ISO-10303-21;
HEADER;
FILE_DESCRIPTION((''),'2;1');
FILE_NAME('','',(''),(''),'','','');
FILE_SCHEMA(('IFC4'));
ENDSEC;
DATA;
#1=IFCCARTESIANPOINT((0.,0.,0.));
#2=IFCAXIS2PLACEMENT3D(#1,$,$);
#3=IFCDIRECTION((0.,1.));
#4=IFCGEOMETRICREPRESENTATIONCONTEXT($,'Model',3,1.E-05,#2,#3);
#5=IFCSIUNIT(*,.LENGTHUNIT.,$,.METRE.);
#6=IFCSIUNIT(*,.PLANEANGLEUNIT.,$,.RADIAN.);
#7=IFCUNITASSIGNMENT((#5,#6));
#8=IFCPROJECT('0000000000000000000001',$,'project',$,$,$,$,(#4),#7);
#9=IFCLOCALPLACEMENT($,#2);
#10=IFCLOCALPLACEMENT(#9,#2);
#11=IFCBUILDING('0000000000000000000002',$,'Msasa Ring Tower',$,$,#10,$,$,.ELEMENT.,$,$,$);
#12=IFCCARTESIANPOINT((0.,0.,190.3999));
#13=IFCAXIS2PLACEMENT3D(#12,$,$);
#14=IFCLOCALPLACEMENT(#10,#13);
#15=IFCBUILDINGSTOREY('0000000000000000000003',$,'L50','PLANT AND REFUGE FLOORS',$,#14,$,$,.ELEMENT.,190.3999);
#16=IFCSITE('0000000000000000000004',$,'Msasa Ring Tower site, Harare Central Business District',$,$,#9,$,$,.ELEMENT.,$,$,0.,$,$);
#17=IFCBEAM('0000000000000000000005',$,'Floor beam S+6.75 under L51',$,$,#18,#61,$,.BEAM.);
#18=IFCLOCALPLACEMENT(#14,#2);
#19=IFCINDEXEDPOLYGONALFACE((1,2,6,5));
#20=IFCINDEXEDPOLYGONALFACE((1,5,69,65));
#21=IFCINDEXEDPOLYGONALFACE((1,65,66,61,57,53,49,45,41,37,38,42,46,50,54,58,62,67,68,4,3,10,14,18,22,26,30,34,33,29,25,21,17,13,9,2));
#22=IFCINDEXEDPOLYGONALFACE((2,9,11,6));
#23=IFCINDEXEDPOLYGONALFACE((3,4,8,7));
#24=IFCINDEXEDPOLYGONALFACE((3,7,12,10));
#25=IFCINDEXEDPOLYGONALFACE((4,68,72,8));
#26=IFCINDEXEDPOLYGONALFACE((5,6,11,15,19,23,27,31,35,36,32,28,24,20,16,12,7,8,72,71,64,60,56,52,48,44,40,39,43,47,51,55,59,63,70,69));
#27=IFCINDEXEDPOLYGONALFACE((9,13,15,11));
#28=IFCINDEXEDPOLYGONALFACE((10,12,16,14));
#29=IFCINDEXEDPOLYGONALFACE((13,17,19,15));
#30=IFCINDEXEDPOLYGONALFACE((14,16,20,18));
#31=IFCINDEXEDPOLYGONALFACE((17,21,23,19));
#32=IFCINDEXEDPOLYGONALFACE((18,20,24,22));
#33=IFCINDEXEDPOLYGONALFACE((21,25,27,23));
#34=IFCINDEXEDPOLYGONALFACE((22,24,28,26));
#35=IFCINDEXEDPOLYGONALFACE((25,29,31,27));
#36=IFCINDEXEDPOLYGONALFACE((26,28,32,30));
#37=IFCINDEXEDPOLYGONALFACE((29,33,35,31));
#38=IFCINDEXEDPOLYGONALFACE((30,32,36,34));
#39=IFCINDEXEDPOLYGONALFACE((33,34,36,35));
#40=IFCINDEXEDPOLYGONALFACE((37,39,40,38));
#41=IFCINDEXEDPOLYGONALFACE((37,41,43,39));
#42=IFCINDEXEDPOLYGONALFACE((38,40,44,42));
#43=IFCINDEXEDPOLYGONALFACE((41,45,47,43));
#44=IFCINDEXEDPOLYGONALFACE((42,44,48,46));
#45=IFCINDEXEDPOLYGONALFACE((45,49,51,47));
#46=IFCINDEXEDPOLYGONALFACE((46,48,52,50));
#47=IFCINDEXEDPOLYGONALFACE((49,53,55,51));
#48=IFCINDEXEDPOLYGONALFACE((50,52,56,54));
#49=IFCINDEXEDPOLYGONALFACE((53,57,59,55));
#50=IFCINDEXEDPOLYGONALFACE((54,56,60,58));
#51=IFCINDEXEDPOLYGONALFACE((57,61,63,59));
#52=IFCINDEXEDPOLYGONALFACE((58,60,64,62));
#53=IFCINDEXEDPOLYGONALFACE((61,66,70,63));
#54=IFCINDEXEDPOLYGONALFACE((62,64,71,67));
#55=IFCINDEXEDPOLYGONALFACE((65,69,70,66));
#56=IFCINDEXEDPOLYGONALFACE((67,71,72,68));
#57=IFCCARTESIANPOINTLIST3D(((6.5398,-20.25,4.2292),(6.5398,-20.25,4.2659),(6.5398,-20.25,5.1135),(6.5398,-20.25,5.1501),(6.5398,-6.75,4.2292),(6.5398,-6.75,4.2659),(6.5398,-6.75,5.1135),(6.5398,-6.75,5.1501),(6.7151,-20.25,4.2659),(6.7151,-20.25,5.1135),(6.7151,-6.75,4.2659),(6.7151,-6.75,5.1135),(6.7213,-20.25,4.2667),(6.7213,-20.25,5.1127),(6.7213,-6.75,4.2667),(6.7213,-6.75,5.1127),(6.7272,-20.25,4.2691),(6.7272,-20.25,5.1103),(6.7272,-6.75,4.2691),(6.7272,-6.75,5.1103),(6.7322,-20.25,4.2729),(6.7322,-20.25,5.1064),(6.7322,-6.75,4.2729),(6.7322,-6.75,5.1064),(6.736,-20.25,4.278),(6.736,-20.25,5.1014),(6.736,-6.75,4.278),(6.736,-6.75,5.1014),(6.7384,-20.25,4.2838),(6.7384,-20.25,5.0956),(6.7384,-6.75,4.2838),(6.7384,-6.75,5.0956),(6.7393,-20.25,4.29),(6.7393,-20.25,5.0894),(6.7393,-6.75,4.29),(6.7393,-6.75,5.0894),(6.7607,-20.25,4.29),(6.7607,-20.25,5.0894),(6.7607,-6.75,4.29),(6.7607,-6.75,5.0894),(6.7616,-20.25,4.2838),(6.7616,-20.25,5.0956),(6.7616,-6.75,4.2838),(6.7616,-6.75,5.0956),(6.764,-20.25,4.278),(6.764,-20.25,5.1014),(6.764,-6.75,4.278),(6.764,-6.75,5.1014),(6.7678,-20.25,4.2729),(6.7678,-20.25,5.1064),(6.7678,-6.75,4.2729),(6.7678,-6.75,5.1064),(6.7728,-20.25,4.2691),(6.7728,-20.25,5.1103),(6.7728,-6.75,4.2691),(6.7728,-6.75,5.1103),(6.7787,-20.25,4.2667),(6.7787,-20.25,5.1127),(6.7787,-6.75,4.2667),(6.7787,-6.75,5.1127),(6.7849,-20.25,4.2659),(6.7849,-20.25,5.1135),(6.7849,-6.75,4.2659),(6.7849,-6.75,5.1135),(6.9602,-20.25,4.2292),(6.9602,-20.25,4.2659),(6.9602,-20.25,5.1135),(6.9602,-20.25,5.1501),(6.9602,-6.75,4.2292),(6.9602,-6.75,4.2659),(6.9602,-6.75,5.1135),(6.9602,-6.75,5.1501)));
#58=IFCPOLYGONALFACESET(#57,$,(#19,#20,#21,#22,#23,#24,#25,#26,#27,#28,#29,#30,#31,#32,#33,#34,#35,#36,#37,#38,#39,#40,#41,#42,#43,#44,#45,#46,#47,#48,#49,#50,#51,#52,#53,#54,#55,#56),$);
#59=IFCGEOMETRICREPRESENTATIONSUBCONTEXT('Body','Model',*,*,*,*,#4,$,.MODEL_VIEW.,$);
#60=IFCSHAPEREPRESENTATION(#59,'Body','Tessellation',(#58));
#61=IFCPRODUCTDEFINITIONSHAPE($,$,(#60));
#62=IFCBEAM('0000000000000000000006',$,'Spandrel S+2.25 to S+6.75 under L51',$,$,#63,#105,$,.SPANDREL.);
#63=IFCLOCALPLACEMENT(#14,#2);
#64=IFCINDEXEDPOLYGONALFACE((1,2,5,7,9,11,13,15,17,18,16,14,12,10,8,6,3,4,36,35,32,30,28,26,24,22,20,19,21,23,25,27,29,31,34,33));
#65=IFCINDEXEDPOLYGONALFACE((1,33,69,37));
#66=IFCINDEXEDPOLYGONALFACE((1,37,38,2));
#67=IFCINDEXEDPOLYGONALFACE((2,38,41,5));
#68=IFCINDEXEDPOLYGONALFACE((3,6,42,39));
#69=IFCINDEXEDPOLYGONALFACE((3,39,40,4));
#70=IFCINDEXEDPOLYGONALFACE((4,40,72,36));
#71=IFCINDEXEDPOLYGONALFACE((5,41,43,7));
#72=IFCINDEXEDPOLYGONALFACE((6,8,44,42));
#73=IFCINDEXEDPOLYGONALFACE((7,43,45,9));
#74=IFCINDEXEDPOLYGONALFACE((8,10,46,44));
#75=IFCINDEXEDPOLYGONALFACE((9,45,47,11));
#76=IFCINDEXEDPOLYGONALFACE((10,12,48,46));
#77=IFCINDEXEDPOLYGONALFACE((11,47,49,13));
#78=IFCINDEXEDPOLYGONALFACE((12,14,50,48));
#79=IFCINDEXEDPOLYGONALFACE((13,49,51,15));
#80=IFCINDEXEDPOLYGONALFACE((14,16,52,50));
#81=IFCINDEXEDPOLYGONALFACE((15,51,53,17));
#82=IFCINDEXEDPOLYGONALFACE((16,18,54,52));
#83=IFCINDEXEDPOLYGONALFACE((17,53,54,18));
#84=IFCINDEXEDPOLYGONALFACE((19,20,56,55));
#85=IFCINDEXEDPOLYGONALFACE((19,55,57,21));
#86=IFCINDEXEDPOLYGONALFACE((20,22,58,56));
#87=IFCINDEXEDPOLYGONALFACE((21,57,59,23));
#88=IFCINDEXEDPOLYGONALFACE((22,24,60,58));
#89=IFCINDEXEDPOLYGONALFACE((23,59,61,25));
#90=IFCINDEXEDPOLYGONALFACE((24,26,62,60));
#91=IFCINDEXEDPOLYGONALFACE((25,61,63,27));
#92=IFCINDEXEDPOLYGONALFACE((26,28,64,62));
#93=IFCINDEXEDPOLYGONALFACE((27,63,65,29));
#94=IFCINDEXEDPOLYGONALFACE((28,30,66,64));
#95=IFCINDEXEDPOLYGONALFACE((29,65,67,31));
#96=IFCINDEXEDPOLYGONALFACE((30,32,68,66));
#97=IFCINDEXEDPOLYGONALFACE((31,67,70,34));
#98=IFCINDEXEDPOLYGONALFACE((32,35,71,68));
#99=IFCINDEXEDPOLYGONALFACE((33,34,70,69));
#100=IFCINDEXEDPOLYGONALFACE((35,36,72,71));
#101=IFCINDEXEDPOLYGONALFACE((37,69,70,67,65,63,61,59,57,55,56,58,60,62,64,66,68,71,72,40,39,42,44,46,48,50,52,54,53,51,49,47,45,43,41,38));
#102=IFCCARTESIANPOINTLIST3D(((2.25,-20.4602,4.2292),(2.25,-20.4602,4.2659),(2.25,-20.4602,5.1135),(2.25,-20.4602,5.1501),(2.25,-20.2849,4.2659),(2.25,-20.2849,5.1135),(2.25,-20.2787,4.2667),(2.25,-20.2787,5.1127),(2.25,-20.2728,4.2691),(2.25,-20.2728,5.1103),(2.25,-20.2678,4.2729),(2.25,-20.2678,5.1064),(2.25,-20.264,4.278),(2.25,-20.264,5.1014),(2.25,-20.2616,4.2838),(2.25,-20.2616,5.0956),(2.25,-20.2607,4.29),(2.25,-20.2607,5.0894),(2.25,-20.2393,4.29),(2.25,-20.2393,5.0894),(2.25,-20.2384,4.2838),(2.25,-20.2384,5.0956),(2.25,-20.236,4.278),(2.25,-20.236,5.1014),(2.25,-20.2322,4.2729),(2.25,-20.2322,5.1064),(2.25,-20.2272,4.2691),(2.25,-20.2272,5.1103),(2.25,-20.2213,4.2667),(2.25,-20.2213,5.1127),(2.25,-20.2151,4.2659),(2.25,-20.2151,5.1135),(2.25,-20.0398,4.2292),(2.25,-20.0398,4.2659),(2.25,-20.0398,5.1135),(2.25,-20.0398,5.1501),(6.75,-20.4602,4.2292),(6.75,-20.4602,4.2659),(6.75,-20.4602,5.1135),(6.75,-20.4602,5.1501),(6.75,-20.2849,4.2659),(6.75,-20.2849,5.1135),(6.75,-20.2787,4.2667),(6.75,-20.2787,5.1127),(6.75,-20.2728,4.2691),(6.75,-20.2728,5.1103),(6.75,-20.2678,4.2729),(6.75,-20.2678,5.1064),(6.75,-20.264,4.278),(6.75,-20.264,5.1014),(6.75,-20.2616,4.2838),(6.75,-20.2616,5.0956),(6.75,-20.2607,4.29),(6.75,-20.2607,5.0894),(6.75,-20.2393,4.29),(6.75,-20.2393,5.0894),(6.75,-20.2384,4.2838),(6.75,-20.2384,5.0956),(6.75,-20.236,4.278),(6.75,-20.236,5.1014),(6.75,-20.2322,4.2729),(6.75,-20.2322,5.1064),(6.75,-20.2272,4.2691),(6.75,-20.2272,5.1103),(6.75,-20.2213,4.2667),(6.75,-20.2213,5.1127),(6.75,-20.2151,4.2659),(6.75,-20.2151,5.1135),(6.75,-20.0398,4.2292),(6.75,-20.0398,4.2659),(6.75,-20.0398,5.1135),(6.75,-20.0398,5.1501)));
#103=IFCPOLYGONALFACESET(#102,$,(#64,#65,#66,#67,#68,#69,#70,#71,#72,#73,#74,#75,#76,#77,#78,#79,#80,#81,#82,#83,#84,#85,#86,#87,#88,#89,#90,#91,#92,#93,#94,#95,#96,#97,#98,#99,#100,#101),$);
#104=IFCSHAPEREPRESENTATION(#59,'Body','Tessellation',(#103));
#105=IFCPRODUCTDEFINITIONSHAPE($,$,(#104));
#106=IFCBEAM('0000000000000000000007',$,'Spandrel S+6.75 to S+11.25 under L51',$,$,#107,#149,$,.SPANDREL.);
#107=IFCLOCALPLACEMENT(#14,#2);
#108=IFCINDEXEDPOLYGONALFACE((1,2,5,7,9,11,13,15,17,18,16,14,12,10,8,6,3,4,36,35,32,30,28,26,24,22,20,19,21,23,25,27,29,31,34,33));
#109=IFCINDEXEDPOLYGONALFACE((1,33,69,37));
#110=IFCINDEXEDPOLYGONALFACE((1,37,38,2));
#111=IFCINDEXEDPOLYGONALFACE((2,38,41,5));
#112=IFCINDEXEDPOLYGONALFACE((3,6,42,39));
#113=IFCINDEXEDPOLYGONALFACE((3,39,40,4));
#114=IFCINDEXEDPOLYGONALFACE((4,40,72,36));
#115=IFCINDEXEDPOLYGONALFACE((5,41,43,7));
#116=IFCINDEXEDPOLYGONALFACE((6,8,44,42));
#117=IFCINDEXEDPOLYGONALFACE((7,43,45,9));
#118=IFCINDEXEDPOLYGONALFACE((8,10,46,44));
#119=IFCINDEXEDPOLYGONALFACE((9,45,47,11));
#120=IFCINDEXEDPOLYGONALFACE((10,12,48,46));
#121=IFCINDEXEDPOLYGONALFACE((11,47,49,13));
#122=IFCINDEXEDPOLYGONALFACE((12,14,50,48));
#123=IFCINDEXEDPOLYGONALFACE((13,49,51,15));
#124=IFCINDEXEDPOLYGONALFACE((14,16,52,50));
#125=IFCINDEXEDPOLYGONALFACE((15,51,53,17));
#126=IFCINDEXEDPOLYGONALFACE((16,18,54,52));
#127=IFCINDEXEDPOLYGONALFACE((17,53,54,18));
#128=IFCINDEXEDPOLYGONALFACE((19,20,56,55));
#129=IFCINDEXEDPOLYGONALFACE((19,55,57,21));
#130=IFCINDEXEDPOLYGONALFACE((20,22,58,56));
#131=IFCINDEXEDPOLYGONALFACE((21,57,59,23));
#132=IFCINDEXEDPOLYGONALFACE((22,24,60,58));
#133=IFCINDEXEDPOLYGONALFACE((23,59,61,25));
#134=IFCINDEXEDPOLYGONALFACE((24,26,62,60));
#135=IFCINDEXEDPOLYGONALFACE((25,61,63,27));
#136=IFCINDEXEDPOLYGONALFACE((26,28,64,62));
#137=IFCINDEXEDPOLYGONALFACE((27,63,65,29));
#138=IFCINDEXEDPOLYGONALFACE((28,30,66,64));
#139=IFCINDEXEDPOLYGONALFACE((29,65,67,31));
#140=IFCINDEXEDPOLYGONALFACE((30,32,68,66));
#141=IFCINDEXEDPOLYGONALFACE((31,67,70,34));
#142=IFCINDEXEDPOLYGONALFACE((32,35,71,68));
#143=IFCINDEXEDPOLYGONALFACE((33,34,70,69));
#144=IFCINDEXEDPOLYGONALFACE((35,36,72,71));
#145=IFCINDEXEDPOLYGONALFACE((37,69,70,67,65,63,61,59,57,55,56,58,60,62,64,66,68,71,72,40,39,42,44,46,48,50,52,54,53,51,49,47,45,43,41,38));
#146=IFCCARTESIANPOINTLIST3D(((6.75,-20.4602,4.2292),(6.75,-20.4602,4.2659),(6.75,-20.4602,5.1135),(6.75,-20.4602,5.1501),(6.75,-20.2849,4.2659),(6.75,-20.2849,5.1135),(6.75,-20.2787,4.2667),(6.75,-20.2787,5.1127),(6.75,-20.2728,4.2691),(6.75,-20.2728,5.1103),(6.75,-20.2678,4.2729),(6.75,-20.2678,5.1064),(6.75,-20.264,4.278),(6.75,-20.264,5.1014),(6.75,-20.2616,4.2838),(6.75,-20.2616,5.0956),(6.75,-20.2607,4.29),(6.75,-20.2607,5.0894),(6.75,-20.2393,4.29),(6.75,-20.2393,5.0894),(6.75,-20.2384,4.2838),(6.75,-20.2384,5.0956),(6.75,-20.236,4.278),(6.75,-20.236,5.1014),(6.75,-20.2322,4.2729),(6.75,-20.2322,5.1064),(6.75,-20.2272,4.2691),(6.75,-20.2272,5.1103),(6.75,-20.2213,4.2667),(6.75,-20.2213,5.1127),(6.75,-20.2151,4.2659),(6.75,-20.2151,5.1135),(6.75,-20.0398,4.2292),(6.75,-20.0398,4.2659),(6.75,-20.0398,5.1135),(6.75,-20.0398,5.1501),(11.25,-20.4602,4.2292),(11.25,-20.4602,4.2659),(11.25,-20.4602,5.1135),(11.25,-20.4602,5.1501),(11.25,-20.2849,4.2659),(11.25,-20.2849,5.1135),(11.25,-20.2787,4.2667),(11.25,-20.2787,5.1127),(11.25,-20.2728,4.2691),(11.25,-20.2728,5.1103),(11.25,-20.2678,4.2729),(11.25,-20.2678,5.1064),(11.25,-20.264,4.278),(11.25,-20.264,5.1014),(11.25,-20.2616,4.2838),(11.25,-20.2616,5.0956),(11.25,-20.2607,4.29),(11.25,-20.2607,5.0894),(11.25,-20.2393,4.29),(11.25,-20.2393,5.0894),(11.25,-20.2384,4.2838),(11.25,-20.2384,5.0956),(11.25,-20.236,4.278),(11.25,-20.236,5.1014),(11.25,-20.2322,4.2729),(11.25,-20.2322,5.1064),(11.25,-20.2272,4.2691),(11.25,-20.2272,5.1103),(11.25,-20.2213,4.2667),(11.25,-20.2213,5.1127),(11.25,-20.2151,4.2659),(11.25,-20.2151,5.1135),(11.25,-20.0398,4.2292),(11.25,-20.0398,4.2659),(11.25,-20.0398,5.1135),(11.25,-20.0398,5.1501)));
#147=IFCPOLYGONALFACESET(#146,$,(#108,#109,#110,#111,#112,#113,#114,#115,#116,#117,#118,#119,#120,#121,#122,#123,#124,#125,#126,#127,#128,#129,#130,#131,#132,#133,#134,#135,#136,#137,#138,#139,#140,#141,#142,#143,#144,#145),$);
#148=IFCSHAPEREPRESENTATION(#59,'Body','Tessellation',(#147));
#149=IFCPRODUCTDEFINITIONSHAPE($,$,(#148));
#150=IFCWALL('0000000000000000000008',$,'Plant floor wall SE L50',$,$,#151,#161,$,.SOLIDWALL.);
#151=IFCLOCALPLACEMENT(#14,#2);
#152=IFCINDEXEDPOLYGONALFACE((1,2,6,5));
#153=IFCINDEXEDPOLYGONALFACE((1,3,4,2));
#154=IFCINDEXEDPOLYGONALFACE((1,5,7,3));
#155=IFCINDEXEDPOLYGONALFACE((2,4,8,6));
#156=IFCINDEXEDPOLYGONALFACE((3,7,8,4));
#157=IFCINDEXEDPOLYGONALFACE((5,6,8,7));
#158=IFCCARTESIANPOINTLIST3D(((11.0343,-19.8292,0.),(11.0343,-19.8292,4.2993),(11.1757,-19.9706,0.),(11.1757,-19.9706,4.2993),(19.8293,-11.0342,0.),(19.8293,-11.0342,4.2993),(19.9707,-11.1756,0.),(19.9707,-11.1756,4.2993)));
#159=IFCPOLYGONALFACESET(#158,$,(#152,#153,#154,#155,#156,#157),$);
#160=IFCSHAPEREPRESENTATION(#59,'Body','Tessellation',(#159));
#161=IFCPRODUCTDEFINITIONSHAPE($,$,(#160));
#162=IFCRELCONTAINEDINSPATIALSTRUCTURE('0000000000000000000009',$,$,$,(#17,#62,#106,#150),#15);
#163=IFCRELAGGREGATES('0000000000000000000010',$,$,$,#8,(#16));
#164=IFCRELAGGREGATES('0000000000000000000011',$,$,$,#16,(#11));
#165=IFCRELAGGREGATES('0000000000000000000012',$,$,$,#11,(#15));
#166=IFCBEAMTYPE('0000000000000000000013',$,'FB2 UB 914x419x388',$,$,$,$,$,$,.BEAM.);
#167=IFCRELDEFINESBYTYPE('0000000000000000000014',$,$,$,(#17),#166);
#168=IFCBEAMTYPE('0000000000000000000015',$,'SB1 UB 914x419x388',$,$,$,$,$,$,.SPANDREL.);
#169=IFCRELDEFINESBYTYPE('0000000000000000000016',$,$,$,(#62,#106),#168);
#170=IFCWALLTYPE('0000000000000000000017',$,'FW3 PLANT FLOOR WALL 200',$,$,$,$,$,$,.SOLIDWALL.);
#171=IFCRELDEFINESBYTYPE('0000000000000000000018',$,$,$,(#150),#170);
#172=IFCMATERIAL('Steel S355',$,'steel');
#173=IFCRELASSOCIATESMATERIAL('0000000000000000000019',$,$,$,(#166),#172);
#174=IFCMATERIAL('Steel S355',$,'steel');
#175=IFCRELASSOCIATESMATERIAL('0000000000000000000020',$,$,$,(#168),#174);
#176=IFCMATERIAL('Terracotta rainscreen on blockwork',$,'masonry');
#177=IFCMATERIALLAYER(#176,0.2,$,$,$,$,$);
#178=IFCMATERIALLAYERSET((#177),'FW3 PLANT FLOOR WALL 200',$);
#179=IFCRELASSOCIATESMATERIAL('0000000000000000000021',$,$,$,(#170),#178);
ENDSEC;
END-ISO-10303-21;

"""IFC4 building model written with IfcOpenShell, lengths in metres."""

from ifc_helpers import new_model, si_unit, direction, frame, frame_2d, origin, origin_2d, place, context, subcontext, project, spatial, rectangle, i_section, extrude, material, layer, layer_set, material_profile, profile_set, type_object, element, save


model = new_model("IFC4")

# Units and contexts
model_context = context("Model", 3, precision=1e-05, world=origin(), true_north=direction((0.0, 1.0)))
body_context = subcontext(model_context, "Body", "Model", "MODEL_VIEW")
ifc_project = project(units=[si_unit("LENGTHUNIT", "METRE"), si_unit("PLANEANGLEUNIT", "RADIAN")], contexts=[model_context])

# Site, building, storey
site_placement = place(None, origin())
site = spatial("IfcSite", under=ifc_project, at=site_placement, Name="Msasa Ring Tower site, Harare Central Business District", CompositionType="ELEMENT", RefElevation=0.0)
building_placement = place(site_placement, origin())
building = spatial("IfcBuilding", under=site, at=building_placement, Name="Msasa Ring Tower", CompositionType="ELEMENT")
storey_placement = place(building_placement, frame((0.0, 0.0, 190.3999)))
storey = spatial("IfcBuildingStorey", under=building, at=storey_placement, Name="L50", Description="PLANT AND REFUGE FLOORS", CompositionType="ELEMENT", Elevation=190.3999)

# Beams
ifc_material_1 = material(Name="Steel S355", Category="steel")
ifc_material_profile_1 = material_profile(ifc_material_1, i_section(OverallWidth=0.4204, OverallDepth=0.9209, WebThickness=0.0215, FlangeThickness=0.0366, FilletRadius=0.0242, at=origin_2d()), Name="UB 914x419x388")
ifc_profile_set_1 = profile_set([ifc_material_profile_1], Name="Steel S355")
beam_type_1 = type_object("IfcBeamType", Name="FB2 UB 914x419x388", PredefinedType="BEAM", material=ifc_profile_set_1)
for number, where, z_axis, x_axis, name in (
    (1, (6.75, -20.25, 4.6897), (0.0, 1.0, 0.0), (-1.0, 0.0, 0.0), "Floor beam S+6.75 under L51"),
):
    element("IfcBeam", number, at=place(storey_placement, frame(where, z_axis=z_axis, x_axis=x_axis)), inside=storey, type_object=beam_type_1, Name=name, PredefinedType="BEAM", context=body_context, shape_type="SweptSolid", body=[
        extrude(i_section(OverallWidth=0.4204, OverallDepth=0.9209, WebThickness=0.0215, FlangeThickness=0.0366, FilletRadius=0.0242, at=origin_2d()), origin(), (0.0, 0.0, 1.0), 13.5),
    ])
ifc_material_2 = material(Name="Steel S355", Category="steel")
ifc_material_profile_2 = material_profile(ifc_material_2, i_section(OverallWidth=0.4204, OverallDepth=0.9209, WebThickness=0.0215, FlangeThickness=0.0366, FilletRadius=0.0242, at=origin_2d()), Name="UB 914x419x388")
ifc_profile_set_2 = profile_set([ifc_material_profile_2], Name="Steel S355")
beam_type_2 = type_object("IfcBeamType", Name="SB1 UB 914x419x388", PredefinedType="SPANDREL", material=ifc_profile_set_2)
for number, where, z_axis, x_axis, name in (
    (2, (2.25, -20.25, 4.6897), (1.0, 0.0, 0.0), (0.0, 1.0, 0.0), "Spandrel S+2.25 to S+6.75 under L51"),
    (3, (6.75, -20.25, 4.6897), (1.0, 0.0, 0.0), (0.0, 1.0, 0.0), "Spandrel S+6.75 to S+11.25 under L51"),
):
    element("IfcBeam", number, at=place(storey_placement, frame(where, z_axis=z_axis, x_axis=x_axis)), inside=storey, type_object=beam_type_2, Name=name, PredefinedType="SPANDREL", context=body_context, shape_type="SweptSolid", body=[
        extrude(i_section(OverallWidth=0.4204, OverallDepth=0.9209, WebThickness=0.0215, FlangeThickness=0.0366, FilletRadius=0.0242, at=origin_2d()), origin(), (0.0, 0.0, 1.0), 4.5),
    ])

# Wall
ifc_material_3 = material(Name="Terracotta rainscreen on blockwork", Category="masonry")
ifc_layer_1 = layer(ifc_material_3, 0.2)
ifc_layer_set_1 = layer_set([ifc_layer_1], Name="FW3 PLANT FLOOR WALL 200")
wall_type_1 = type_object("IfcWallType", Name="FW3 PLANT FLOOR WALL 200", PredefinedType="SOLIDWALL", material=ifc_layer_set_1)
wall_1_placement = place(storey_placement, frame((11.105, -19.8999, 0.0), z_axis=(0.0, 0.0, 1.0), x_axis=(0.707107, 0.707107, 0.0)))
element("IfcWall", 4, at=wall_1_placement, inside=storey, type_object=wall_type_1, Name="Plant floor wall SE L50", PredefinedType="SOLIDWALL", context=body_context, shape_type="SweptSolid", body=[
    extrude(rectangle(XDim=12.438, YDim=0.2, at=frame_2d((6.219, 0.0))), origin(), (0.0, 0.0, 1.0), 4.2993),
])

save(model, "model.ifc")
